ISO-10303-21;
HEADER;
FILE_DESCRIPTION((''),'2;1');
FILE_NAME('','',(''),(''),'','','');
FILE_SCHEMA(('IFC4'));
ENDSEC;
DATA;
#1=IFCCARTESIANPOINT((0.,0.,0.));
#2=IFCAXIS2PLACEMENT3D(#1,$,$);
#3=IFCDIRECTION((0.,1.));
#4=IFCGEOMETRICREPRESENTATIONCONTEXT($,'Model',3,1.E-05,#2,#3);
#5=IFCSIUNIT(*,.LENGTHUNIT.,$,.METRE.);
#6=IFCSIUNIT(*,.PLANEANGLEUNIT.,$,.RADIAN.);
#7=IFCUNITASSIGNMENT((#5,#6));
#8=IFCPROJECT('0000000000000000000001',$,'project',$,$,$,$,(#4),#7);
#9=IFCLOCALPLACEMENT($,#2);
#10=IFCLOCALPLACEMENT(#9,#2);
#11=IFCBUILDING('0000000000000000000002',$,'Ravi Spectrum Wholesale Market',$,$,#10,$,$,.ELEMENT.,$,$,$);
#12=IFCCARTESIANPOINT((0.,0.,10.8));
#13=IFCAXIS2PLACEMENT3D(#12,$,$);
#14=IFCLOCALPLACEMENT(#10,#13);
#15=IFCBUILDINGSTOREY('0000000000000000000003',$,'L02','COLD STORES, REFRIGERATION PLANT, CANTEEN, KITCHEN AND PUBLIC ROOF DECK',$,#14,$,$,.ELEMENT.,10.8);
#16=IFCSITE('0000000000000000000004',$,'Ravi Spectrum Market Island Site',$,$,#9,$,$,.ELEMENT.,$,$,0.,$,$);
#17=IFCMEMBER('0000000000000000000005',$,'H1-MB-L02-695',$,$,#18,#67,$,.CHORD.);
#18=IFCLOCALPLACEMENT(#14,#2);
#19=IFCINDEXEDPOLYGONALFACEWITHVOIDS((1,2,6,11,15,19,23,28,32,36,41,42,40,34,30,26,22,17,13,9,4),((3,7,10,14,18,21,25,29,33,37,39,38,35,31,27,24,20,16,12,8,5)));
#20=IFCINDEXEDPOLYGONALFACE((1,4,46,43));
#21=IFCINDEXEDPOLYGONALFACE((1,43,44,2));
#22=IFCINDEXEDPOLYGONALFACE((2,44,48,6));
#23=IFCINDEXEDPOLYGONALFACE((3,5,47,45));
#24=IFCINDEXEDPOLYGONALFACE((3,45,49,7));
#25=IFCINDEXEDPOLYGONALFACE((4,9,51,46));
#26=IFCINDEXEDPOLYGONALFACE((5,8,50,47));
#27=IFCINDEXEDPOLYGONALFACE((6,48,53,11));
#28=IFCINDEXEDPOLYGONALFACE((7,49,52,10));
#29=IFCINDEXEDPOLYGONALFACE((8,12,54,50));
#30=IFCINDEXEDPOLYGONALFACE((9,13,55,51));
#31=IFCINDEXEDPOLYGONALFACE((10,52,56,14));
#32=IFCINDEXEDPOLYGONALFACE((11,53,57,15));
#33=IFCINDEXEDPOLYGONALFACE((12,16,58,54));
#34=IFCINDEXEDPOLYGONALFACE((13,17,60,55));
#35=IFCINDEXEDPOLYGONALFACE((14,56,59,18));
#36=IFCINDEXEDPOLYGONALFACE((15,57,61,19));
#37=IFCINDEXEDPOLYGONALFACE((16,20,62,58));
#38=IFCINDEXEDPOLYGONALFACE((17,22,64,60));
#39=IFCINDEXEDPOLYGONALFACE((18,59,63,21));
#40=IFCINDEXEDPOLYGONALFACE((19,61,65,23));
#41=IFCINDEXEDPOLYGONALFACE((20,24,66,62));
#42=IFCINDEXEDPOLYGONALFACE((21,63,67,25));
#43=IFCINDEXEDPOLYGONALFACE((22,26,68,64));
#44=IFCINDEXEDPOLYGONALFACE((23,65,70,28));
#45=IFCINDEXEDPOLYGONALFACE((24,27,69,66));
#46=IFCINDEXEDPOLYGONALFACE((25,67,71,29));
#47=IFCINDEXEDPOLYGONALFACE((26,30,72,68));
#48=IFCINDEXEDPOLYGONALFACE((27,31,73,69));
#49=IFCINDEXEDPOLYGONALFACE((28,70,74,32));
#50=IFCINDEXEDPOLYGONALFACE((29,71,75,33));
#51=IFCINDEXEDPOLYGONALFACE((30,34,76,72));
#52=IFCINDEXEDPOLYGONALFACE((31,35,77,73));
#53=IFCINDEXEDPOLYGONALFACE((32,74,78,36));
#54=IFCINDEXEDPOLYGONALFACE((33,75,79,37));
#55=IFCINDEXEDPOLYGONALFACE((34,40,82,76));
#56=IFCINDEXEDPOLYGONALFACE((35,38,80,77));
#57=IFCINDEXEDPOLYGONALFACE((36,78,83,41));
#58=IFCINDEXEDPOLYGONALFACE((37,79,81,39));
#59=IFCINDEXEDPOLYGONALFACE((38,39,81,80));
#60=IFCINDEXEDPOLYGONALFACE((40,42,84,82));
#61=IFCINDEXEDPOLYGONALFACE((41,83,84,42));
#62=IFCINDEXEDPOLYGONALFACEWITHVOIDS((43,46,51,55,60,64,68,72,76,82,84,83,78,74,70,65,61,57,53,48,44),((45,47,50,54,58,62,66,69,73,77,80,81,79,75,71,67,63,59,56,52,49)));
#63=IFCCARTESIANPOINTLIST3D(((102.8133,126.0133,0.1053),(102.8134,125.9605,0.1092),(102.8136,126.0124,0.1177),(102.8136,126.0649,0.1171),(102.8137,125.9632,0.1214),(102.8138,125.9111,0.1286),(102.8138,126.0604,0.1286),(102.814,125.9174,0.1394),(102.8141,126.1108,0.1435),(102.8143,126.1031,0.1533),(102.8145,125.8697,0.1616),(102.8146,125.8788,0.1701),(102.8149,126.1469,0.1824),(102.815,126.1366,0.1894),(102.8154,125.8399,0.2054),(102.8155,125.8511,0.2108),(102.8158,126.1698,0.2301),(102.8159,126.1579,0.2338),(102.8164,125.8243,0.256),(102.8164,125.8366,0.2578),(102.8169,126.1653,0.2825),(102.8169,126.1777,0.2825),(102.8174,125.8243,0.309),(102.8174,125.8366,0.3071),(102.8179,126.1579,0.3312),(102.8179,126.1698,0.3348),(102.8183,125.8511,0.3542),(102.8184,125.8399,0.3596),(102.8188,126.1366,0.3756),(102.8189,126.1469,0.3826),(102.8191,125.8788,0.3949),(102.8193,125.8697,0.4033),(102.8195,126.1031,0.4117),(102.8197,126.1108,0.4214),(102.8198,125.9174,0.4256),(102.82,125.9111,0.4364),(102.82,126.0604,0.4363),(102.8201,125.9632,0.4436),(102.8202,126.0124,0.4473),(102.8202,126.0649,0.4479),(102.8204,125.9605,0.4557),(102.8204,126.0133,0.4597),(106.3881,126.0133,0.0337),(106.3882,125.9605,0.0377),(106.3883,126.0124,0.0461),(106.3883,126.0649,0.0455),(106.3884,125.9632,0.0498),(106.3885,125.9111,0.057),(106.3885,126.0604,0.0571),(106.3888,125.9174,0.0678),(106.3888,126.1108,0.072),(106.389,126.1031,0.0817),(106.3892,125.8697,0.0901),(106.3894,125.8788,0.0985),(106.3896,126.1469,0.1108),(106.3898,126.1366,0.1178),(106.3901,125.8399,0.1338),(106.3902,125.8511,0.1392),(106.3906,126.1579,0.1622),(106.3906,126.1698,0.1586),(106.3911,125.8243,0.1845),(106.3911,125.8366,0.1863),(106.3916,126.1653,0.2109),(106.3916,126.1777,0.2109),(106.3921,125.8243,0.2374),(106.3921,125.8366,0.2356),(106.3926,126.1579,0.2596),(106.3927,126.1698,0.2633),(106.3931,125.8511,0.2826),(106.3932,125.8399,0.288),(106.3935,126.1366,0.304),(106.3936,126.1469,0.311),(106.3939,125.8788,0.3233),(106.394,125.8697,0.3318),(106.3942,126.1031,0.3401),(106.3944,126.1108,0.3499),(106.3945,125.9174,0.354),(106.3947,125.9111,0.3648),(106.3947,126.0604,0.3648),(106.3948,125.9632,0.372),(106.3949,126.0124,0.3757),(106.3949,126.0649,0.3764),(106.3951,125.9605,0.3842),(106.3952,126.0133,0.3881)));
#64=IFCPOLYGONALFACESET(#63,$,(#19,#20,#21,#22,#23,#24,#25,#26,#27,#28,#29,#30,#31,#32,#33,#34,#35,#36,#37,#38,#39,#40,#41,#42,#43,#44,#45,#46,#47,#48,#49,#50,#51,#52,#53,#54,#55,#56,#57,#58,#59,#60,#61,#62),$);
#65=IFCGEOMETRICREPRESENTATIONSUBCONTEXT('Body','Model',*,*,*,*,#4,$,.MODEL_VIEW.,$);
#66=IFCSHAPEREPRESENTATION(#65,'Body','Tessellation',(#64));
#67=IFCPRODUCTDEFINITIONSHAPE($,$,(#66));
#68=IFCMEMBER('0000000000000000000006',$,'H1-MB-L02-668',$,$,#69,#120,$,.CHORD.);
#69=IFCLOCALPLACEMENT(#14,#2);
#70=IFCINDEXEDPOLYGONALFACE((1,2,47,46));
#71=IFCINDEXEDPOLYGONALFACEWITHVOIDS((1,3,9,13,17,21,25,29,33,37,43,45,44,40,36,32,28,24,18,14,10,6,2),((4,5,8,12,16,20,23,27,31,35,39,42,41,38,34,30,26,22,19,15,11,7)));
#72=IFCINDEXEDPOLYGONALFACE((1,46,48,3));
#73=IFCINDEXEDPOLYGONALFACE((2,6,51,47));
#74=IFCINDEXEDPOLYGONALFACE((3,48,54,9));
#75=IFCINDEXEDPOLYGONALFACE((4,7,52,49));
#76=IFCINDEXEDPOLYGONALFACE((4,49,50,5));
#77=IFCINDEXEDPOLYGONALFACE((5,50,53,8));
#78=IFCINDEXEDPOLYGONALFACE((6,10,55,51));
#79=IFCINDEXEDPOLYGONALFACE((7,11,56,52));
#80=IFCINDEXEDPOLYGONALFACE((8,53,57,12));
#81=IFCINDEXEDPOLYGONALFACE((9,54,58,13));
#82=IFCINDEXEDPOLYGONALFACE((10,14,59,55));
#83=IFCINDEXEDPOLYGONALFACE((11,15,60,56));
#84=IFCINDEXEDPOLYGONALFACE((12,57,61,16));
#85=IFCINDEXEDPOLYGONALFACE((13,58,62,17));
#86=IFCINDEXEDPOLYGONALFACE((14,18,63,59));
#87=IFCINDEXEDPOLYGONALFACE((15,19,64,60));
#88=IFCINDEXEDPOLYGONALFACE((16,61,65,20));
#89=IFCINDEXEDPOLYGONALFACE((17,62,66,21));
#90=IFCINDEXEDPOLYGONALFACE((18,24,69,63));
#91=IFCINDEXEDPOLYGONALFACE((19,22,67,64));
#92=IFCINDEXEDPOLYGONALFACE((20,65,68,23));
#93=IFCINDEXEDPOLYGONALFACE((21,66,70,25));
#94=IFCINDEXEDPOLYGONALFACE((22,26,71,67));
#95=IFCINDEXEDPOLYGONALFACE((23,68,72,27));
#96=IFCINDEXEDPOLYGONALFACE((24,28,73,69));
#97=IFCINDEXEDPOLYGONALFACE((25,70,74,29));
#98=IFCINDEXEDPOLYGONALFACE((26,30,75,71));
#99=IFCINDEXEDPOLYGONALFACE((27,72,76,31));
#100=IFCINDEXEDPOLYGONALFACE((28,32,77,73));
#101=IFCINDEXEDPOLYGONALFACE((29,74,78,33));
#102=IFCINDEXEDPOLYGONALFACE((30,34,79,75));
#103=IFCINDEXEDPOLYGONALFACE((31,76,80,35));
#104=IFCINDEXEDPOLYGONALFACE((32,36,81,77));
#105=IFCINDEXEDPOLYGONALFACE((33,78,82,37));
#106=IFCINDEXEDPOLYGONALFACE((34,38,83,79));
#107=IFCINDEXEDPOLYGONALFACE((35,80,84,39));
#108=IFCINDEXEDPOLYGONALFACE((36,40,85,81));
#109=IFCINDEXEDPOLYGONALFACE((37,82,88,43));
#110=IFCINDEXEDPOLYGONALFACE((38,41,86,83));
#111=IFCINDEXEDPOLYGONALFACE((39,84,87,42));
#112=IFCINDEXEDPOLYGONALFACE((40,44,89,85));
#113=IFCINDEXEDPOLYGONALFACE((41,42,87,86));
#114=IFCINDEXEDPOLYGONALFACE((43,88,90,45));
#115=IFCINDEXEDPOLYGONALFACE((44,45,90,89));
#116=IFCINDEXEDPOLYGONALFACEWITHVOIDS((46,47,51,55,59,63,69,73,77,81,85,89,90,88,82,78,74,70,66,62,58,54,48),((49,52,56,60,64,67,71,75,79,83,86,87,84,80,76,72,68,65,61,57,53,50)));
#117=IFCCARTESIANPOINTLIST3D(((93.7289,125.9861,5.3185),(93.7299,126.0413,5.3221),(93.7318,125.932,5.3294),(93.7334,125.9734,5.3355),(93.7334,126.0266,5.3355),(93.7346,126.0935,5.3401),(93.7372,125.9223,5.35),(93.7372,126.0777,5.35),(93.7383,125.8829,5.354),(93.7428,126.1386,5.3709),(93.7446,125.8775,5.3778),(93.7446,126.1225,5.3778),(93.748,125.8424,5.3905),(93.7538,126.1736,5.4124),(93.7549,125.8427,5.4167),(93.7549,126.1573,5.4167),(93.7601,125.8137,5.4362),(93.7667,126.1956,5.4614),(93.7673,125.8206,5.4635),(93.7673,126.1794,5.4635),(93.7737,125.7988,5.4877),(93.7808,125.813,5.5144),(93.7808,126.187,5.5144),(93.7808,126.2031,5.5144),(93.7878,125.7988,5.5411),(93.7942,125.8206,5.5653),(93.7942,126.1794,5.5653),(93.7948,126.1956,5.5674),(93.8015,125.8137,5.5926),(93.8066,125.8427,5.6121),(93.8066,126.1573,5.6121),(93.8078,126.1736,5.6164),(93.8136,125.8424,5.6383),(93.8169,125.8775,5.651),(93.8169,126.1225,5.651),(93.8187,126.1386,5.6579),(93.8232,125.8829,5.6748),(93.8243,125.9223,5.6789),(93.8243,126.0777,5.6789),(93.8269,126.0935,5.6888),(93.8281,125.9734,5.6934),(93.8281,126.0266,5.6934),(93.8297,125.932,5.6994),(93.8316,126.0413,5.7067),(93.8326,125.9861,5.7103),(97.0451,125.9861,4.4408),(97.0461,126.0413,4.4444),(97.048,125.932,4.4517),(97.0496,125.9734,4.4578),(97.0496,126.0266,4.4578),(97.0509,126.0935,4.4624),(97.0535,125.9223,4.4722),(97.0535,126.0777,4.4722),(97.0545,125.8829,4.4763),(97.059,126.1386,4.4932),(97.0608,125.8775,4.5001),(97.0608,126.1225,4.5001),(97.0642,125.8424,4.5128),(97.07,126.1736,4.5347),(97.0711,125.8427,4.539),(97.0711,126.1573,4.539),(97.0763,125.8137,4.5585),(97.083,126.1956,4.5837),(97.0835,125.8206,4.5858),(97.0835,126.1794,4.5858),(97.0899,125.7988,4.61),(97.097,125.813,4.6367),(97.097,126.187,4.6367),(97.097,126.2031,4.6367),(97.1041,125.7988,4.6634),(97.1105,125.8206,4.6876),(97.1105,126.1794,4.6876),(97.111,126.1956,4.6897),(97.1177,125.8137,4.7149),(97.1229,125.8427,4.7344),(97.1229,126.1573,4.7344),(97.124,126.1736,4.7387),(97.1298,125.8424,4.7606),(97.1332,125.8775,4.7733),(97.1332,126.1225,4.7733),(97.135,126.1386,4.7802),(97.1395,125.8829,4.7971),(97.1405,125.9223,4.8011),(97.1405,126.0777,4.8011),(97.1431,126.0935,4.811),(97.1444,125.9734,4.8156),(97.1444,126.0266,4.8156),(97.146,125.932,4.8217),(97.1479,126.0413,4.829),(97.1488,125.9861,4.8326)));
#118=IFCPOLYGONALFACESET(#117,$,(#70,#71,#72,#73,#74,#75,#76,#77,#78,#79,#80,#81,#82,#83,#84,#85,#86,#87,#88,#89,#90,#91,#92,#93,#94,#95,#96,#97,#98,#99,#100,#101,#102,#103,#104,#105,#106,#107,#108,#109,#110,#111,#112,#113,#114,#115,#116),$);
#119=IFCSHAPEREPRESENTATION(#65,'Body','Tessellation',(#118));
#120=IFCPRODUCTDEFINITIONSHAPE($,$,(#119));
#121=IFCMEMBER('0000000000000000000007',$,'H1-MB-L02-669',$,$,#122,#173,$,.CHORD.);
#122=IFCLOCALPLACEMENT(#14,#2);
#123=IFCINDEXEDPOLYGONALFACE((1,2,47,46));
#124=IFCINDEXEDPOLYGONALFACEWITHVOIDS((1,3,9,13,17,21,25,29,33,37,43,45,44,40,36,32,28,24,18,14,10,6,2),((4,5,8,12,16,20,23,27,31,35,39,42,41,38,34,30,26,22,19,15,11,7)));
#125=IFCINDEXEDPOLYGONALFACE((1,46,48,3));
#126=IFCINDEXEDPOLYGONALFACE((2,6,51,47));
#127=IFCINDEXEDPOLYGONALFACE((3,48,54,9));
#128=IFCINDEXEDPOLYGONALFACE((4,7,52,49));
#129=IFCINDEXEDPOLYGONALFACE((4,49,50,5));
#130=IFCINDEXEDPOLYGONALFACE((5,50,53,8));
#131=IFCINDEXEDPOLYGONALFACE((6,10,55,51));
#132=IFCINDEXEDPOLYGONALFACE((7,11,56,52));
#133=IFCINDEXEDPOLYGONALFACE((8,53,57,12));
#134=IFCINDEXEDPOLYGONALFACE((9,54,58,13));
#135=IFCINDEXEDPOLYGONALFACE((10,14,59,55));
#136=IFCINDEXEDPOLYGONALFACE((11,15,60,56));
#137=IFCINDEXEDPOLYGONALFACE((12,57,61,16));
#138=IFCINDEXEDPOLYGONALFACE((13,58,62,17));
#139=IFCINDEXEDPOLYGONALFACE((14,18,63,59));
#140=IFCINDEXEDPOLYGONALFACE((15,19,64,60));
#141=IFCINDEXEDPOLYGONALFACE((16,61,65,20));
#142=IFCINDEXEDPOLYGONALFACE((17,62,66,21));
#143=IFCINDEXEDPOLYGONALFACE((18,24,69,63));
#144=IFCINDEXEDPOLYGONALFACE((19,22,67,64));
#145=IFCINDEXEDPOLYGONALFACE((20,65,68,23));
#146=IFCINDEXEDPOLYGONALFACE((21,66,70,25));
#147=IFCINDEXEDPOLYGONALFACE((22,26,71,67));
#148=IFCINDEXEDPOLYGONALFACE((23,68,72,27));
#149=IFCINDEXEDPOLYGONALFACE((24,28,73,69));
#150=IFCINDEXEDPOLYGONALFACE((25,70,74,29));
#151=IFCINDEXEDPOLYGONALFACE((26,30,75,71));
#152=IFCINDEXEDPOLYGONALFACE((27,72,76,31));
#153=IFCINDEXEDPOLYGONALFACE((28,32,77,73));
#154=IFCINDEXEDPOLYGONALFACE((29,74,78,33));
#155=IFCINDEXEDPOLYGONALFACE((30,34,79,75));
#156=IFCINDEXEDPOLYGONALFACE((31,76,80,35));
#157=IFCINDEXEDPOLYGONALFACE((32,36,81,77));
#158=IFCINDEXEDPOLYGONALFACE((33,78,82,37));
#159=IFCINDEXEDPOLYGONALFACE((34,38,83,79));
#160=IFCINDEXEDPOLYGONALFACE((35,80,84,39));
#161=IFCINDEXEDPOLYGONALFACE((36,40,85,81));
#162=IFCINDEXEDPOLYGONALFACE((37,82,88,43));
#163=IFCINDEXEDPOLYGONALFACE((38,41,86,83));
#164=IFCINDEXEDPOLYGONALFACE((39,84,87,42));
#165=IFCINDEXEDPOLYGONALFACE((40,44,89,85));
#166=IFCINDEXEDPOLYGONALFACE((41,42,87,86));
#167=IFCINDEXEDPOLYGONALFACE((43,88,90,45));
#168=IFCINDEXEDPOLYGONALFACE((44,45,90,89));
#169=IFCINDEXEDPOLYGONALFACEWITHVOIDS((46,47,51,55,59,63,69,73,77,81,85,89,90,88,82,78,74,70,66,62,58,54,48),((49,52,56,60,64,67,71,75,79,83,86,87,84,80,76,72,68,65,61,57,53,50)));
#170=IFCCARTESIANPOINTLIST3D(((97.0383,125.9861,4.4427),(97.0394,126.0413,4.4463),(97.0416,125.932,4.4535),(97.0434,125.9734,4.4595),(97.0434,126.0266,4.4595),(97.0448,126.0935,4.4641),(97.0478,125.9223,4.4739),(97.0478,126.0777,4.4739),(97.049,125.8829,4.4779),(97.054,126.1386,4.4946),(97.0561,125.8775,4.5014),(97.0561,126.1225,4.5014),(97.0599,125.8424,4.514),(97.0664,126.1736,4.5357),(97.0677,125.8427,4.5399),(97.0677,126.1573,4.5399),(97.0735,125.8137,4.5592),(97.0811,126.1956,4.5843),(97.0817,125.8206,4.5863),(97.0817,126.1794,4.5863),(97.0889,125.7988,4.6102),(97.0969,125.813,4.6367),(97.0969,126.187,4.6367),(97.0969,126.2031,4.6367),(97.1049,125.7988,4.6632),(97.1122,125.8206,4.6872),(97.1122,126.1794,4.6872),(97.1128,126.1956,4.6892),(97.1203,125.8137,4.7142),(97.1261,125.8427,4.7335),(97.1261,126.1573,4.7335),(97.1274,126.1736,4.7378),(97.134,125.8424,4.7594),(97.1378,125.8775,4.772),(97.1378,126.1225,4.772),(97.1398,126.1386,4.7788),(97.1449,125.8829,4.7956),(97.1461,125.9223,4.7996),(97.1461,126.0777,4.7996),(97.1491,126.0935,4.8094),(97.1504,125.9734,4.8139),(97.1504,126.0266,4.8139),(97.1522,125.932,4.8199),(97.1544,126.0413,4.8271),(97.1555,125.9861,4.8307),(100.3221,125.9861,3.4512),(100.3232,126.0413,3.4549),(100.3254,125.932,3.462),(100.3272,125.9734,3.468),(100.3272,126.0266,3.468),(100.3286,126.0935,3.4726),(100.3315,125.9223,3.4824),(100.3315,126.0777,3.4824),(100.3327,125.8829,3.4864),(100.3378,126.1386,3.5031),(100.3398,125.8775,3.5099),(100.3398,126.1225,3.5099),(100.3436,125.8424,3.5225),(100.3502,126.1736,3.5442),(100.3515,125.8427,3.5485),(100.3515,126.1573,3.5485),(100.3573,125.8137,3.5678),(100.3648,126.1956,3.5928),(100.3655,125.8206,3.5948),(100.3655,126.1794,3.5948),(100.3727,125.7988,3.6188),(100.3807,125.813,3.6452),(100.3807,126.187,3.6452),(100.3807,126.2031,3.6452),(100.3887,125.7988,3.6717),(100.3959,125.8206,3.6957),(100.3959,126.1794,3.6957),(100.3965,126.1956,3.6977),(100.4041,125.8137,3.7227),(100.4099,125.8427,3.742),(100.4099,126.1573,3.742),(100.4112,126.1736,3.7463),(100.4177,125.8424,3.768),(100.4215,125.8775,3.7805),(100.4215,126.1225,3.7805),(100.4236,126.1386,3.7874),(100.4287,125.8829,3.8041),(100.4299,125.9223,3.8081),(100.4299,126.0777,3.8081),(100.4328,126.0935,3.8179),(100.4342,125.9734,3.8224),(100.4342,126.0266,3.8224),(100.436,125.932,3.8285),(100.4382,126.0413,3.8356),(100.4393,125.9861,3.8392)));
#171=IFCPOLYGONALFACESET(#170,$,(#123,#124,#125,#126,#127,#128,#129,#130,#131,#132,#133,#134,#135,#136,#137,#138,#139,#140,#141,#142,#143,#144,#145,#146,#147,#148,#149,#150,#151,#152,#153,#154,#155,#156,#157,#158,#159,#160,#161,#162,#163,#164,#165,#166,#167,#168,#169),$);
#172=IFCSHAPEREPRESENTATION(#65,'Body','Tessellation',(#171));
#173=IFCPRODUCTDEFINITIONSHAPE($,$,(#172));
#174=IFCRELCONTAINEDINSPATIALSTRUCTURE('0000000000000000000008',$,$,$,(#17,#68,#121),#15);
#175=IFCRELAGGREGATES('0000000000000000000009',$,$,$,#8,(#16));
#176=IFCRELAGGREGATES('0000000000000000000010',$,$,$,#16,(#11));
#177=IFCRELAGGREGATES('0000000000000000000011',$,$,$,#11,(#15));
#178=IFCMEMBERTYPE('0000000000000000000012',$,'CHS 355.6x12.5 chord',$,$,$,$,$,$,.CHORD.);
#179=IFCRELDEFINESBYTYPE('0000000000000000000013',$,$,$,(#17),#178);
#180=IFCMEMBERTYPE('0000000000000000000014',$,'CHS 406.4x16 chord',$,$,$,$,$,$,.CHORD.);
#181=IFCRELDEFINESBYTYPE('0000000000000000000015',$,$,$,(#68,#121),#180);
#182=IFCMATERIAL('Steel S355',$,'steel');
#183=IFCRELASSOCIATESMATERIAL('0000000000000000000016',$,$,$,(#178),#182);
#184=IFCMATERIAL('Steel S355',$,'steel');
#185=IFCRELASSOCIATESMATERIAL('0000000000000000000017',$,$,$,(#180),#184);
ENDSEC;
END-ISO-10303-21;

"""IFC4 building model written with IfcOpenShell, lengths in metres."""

from ifc_helpers import new_model, si_unit, direction, frame, origin, origin_2d, place, context, subcontext, project, spatial, hollow_circle, extrude, material, material_profile, profile_set, type_object, element, save


model = new_model("IFC4")

# Units and contexts
model_context = context("Model", 3, precision=1e-05, world=origin(), true_north=direction((0.0, 1.0)))
body_context = subcontext(model_context, "Body", "Model", "MODEL_VIEW")
ifc_project = project(units=[si_unit("LENGTHUNIT", "METRE"), si_unit("PLANEANGLEUNIT", "RADIAN")], contexts=[model_context])

# Site, building, storey
site_placement = place(None, origin())
site = spatial("IfcSite", under=ifc_project, at=site_placement, Name="Ravi Spectrum Market Island Site", CompositionType="ELEMENT", RefElevation=0.0)
building_placement = place(site_placement, origin())
building = spatial("IfcBuilding", under=site, at=building_placement, Name="Ravi Spectrum Wholesale Market", CompositionType="ELEMENT")
storey_placement = place(building_placement, frame((0.0, 0.0, 10.8)))
storey = spatial("IfcBuildingStorey", under=building, at=storey_placement, Name="L02", Description="COLD STORES, REFRIGERATION PLANT, CANTEEN, KITCHEN AND PUBLIC ROOF DECK", CompositionType="ELEMENT", Elevation=10.8)

# Members
ifc_material_1 = material(Name="Steel S355", Category="steel")
ifc_material_profile_1 = material_profile(ifc_material_1, hollow_circle(Radius=0.1777, WallThickness=0.0125, at=origin_2d()))
ifc_profile_set_1 = profile_set([ifc_material_profile_1], Name="Steel S355")
member_type_1 = type_object("IfcMemberType", Name="CHS 355.6x12.5 chord", PredefinedType="CHORD", material=ifc_profile_set_1)
member_1_placement = place(storey_placement, frame((102.8169, 126.0, 0.2825), z_axis=(0.9998, 0.0, -0.020007), x_axis=(0.0, 1.0, 0.0)))
element("IfcMember", 1, at=member_1_placement, inside=storey, type_object=member_type_1, Name="H1-MB-L02-695", PredefinedType="CHORD", context=body_context, shape_type="SweptSolid", body=[
    extrude(hollow_circle(Radius=0.1777, WallThickness=0.0125, at=origin_2d()), origin(), (0.0, 0.0, 1.0), 3.5754),
])
ifc_material_2 = material(Name="Steel S355", Category="steel")
ifc_material_profile_2 = material_profile(ifc_material_2, hollow_circle(Radius=0.2031, WallThickness=0.0161, at=origin_2d()))
ifc_profile_set_2 = profile_set([ifc_material_profile_2], Name="Steel S355")
member_type_2 = type_object("IfcMemberType", Name="CHS 406.4x16 chord", PredefinedType="CHORD", material=ifc_profile_set_2)
member_2_placement = place(storey_placement, frame((93.7808, 126.0, 5.5144), z_axis=(0.966714, 0.0, -0.255859), x_axis=(0.0, 1.0, 0.0)))
element("IfcMember", 2, at=member_2_placement, inside=storey, type_object=member_type_2, Name="H1-MB-L02-668", PredefinedType="CHORD", context=body_context, shape_type="SweptSolid", body=[
    extrude(hollow_circle(Radius=0.2031, WallThickness=0.0161, at=origin_2d()), origin(), (0.0, 0.0, 1.0), 3.4304),
])
member_3_placement = place(storey_placement, frame((97.0969, 126.0, 4.6367), z_axis=(0.957315, 0.0, -0.289045), x_axis=(0.0, 1.0, 0.0)))
element("IfcMember", 3, at=member_3_placement, inside=storey, type_object=member_type_2, Name="H1-MB-L02-669", PredefinedType="CHORD", context=body_context, shape_type="SweptSolid", body=[
    extrude(hollow_circle(Radius=0.2031, WallThickness=0.0161, at=origin_2d()), origin(), (0.0, 0.0, 1.0), 3.4302),
])

save(model, "model.ifc")
